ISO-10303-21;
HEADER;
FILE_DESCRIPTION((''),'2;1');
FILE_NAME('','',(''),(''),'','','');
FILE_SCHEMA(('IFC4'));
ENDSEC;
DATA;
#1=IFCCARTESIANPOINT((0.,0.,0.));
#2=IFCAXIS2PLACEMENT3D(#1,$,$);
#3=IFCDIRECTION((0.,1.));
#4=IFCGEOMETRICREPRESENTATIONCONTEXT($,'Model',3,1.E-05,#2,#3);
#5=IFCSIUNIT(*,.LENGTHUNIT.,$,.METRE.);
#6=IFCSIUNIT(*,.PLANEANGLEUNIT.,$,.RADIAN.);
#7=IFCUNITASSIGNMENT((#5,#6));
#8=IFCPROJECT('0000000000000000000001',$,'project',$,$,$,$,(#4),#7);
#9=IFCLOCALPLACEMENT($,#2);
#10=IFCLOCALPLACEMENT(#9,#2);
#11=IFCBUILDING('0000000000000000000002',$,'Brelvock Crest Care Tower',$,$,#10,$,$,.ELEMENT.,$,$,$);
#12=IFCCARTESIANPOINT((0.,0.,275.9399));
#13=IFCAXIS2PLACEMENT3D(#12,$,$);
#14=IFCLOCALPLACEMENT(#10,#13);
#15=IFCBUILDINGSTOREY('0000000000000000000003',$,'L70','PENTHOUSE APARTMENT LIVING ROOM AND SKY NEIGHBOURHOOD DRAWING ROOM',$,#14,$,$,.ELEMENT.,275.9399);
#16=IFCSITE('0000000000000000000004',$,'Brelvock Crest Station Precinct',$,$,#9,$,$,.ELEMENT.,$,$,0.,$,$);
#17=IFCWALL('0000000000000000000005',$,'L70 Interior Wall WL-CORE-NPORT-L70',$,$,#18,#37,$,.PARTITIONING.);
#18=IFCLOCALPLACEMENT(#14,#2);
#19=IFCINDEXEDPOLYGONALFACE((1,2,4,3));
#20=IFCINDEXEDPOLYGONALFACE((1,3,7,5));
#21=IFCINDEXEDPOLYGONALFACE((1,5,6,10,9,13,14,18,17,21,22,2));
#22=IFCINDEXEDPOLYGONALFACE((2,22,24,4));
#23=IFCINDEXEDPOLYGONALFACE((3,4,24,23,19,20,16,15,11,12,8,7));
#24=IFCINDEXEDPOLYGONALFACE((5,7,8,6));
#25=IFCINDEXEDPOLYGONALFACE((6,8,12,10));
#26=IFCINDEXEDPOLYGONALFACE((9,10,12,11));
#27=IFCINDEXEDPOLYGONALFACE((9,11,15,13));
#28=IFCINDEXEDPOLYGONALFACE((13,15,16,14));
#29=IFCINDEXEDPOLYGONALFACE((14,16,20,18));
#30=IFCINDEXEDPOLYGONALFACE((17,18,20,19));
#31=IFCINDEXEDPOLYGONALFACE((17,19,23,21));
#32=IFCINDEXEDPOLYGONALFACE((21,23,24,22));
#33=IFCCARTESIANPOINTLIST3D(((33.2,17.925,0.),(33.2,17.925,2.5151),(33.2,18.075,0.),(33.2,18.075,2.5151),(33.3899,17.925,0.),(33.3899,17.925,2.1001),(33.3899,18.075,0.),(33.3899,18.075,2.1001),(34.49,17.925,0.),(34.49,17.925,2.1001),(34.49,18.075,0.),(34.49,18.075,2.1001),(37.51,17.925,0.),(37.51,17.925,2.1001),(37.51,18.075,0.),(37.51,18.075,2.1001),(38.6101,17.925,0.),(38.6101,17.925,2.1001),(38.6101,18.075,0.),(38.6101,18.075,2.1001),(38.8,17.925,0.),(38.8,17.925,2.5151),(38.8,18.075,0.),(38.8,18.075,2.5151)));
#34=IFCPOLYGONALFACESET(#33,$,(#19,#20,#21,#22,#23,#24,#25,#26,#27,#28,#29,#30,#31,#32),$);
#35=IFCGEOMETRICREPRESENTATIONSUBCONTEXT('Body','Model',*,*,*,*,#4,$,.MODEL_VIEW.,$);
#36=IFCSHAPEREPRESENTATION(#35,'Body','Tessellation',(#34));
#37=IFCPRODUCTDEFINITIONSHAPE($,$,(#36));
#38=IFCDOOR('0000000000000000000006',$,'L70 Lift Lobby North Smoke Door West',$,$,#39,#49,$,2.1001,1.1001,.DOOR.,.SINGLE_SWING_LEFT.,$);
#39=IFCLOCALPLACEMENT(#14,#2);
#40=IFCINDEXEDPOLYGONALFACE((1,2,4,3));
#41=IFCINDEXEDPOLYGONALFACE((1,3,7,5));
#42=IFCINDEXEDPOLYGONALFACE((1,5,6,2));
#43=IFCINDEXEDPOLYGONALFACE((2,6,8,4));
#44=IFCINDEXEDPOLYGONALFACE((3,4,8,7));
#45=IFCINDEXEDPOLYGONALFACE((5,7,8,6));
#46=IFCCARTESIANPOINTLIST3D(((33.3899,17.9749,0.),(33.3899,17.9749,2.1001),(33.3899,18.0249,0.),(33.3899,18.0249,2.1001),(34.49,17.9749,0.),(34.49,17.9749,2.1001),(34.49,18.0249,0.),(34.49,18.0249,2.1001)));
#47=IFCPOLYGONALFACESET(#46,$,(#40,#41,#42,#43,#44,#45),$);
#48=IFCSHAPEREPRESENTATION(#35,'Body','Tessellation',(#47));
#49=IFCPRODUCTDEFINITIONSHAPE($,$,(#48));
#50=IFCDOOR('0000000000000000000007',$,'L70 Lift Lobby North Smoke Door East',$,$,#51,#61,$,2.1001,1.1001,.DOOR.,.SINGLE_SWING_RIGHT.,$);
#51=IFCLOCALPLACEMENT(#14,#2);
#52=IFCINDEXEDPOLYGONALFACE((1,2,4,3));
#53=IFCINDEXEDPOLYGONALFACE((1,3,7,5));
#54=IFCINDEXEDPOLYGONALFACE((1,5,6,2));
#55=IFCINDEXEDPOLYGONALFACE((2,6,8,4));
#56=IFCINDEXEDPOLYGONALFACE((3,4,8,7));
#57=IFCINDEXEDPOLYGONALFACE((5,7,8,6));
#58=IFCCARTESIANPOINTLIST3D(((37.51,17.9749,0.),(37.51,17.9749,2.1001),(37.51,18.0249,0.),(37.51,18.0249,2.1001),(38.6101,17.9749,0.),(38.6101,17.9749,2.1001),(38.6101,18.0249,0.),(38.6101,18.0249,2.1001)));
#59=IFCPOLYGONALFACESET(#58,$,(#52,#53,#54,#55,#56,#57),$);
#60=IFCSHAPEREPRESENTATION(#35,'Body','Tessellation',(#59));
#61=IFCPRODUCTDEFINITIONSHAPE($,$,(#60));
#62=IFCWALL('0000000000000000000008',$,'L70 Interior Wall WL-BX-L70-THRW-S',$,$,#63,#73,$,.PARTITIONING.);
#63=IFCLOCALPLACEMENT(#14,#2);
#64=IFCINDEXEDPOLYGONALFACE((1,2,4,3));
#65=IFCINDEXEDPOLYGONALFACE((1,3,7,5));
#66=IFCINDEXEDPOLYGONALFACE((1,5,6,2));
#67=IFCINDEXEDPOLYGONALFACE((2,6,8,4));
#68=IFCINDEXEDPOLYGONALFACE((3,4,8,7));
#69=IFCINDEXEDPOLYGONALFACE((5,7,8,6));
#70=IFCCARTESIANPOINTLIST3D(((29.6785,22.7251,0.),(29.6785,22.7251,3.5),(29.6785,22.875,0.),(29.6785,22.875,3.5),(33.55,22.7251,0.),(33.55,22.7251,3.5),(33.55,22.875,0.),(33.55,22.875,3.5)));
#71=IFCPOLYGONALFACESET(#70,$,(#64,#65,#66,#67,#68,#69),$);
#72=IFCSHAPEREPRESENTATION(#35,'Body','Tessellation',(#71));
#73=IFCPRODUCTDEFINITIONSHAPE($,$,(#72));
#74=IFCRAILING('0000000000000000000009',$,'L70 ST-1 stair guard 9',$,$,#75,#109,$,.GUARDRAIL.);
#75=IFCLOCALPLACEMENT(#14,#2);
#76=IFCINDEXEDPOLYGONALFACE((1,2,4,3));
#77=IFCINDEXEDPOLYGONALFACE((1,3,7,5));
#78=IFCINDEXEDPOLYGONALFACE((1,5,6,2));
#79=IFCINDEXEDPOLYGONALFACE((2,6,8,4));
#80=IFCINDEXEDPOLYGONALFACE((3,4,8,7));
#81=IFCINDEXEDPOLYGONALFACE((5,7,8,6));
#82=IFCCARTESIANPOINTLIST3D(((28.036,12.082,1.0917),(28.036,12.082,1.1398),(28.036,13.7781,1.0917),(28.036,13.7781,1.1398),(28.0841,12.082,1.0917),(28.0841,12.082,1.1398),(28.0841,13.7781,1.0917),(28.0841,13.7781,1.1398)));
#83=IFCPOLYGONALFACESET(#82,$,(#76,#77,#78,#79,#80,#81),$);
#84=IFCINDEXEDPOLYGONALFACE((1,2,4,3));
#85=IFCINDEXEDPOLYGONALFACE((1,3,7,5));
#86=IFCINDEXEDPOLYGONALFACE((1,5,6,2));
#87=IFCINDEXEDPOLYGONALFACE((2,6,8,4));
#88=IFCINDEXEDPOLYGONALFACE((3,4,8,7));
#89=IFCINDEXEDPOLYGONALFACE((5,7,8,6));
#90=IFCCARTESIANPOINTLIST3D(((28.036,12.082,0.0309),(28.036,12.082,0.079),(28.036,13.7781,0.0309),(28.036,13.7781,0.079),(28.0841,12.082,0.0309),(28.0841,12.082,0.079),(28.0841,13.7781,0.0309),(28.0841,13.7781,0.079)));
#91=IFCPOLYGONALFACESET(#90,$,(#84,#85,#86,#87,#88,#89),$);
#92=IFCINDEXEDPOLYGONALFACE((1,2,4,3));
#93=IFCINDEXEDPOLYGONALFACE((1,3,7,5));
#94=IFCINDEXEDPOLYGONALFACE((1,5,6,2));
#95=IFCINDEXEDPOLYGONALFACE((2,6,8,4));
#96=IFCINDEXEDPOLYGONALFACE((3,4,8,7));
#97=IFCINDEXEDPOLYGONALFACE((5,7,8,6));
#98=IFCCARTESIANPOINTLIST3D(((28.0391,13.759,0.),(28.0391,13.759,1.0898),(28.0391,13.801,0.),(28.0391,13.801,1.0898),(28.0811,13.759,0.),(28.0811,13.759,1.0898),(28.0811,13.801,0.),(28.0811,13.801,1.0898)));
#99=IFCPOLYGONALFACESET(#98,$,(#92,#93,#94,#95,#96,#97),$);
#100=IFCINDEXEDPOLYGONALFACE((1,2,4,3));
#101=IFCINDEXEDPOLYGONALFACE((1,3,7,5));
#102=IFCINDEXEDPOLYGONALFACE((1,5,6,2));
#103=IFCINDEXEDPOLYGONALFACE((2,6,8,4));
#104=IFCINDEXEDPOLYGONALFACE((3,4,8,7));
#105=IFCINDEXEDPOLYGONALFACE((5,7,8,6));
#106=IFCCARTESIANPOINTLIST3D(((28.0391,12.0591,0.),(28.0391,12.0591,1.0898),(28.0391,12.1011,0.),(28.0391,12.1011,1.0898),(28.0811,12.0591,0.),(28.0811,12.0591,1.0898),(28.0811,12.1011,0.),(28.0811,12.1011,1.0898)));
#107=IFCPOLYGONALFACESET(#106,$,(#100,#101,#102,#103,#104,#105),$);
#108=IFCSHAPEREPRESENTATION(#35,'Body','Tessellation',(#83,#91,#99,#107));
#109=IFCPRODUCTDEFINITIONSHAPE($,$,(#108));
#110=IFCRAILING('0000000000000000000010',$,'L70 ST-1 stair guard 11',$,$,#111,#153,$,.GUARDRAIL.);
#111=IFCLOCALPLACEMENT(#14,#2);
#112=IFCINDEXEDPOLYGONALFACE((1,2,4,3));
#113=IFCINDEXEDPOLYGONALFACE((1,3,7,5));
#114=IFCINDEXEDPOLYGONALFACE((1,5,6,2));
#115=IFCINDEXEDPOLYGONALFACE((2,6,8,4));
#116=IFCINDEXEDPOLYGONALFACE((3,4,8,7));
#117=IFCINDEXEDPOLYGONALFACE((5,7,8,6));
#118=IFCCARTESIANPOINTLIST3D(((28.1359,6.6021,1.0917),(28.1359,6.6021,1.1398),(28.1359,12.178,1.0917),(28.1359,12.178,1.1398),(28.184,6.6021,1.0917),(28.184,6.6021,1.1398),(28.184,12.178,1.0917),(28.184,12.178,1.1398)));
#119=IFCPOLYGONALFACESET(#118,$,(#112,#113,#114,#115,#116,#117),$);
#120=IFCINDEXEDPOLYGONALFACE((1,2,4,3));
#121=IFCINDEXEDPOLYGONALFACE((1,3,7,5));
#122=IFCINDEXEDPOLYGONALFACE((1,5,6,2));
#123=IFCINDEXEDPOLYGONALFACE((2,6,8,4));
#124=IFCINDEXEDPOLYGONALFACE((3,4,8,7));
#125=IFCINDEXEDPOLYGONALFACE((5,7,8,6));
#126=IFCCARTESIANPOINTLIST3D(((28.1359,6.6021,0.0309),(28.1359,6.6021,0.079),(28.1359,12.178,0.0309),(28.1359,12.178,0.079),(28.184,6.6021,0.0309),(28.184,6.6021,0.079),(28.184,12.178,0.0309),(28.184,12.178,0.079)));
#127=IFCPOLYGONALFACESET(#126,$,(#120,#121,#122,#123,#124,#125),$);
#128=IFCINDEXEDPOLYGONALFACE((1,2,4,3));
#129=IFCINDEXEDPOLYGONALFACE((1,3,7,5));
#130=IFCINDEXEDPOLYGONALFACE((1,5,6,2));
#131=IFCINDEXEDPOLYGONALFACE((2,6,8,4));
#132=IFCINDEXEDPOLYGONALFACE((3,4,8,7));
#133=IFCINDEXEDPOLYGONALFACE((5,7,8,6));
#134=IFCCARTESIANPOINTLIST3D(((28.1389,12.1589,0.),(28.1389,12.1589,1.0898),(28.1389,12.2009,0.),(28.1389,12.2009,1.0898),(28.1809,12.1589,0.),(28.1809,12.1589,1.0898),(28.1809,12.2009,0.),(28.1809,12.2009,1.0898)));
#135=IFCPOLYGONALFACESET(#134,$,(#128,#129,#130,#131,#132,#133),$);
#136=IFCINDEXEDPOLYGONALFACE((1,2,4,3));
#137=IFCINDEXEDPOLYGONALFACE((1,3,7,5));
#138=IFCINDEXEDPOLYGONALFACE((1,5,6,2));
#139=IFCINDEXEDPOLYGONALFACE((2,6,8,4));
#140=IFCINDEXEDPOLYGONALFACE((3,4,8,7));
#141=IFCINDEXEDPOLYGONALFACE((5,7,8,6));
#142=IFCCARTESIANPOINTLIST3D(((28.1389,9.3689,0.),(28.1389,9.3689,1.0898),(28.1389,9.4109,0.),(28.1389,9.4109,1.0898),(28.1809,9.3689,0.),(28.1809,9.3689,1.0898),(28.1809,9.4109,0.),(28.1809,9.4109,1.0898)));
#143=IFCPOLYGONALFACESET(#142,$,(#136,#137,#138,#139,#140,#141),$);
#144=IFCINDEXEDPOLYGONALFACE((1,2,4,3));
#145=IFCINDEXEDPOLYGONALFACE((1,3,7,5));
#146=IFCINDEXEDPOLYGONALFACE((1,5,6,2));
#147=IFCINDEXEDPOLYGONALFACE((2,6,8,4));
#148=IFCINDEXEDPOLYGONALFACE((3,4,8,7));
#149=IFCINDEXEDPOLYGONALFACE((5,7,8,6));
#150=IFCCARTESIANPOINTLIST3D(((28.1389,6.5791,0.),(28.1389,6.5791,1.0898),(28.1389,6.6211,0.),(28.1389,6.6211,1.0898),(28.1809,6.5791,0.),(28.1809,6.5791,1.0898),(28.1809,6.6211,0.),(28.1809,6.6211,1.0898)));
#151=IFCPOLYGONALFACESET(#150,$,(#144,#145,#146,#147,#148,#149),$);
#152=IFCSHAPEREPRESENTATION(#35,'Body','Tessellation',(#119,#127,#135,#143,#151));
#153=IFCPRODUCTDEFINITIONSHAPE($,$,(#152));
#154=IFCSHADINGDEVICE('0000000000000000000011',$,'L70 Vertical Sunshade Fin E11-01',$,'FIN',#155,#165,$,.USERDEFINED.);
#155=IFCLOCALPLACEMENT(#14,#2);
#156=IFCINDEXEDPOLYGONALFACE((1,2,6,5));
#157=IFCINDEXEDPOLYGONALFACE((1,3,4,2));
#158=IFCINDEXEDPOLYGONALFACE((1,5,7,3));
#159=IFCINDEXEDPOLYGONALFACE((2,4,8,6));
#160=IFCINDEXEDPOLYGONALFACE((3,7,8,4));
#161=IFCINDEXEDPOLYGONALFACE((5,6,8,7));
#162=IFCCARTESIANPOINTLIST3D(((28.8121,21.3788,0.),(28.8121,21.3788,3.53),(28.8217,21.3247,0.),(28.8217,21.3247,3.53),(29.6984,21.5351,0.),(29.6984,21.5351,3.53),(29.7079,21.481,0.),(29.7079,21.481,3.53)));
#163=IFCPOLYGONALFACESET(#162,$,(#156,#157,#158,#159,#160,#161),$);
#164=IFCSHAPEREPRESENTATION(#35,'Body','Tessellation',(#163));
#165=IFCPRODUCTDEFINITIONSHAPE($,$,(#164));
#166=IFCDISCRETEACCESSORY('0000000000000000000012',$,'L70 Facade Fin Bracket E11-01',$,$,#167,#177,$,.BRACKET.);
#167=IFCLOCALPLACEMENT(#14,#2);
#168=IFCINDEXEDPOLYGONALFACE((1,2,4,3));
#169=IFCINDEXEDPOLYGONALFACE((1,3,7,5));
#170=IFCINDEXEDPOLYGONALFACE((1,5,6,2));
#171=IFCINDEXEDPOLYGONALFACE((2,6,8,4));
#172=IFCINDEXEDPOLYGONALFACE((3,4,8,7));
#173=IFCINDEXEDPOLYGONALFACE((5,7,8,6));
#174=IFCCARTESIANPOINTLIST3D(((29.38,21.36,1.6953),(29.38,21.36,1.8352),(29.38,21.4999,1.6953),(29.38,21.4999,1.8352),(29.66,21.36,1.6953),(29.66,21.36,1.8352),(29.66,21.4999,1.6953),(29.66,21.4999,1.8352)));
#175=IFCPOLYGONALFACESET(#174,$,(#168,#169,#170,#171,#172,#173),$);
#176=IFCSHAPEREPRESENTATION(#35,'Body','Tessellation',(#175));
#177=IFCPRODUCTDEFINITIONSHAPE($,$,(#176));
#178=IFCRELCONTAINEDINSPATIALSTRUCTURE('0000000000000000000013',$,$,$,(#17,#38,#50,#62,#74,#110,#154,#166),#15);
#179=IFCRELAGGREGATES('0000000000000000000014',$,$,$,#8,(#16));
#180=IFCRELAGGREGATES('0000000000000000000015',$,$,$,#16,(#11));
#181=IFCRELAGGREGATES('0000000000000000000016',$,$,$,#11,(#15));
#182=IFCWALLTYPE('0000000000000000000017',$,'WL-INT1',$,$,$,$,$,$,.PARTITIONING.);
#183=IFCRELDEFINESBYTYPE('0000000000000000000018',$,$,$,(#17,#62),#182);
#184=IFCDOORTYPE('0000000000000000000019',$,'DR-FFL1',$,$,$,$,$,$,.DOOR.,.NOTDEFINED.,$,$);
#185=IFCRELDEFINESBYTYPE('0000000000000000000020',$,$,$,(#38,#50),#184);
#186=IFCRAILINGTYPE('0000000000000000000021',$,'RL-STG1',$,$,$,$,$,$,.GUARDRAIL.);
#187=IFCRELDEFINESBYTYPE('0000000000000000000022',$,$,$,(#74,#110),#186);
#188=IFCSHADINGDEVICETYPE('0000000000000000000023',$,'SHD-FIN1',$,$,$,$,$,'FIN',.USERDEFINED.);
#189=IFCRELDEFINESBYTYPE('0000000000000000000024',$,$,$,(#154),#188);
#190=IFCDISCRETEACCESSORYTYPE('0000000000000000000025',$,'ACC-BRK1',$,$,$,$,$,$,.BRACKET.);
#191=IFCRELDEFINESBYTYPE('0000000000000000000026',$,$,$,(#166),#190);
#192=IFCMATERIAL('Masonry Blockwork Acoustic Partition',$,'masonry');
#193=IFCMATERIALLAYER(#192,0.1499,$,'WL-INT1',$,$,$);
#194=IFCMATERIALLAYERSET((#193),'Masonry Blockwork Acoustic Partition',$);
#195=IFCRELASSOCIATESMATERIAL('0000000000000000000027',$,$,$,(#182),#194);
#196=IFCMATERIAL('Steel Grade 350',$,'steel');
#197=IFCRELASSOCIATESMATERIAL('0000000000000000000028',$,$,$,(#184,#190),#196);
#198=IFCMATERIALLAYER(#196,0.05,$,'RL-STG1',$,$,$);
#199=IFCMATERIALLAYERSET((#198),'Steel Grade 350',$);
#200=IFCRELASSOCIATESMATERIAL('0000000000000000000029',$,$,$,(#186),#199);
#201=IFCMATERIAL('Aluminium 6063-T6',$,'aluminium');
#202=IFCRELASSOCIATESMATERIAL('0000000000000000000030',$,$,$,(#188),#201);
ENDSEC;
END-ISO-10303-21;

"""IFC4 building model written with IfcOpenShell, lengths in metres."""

from ifc_helpers import new_model, si_unit, direction, frame, frame_2d, origin, origin_2d, place, context, subcontext, project, spatial, rectangle, extrude, source, transform, mapped, material, layer, layer_set, material_profile, profile_set, type_object, element, fill, save


model = new_model("IFC4")

# Units and contexts
model_context = context("Model", 3, precision=1e-05, world=origin(), true_north=direction((0.0, 1.0)))
body_context = subcontext(model_context, "Body", "Model", "MODEL_VIEW")
ifc_project = project(units=[si_unit("LENGTHUNIT", "METRE"), si_unit("PLANEANGLEUNIT", "RADIAN")], contexts=[model_context])

# Site, building, storey
site_placement = place(None, origin())
site = spatial("IfcSite", under=ifc_project, at=site_placement, Name="Brelvock Crest Station Precinct", CompositionType="ELEMENT", RefElevation=0.0)
building_placement = place(site_placement, origin())
building = spatial("IfcBuilding", under=site, at=building_placement, Name="Brelvock Crest Care Tower", CompositionType="ELEMENT")
storey_placement = place(building_placement, frame((0.0, 0.0, 275.9399)))
storey = spatial("IfcBuildingStorey", under=building, at=storey_placement, Name="L70", Description="PENTHOUSE APARTMENT LIVING ROOM AND SKY NEIGHBOURHOOD DRAWING ROOM", CompositionType="ELEMENT", Elevation=275.9399)

# Shared definitions
ifc_material_1 = material(Name="Steel Grade 350", Category="steel")

# Shared definitions
ifc_material_2 = material(Name="Aluminium 6063-T6", Category="aluminium")

# Wall, openings, doors
ifc_material_3 = material(Name="Masonry Blockwork Acoustic Partition", Category="masonry")
ifc_layer_1 = layer(ifc_material_3, 0.1499, Name="WL-INT1")
ifc_layer_set_1 = layer_set([ifc_layer_1], Name="Masonry Blockwork Acoustic Partition")
wall_type = type_object("IfcWallType", Name="WL-INT1", PredefinedType="PARTITIONING", material=ifc_layer_set_1)
wall_1_placement = place(storey_placement, frame((33.2, 18.0, 0.0), z_axis=(0.0, 0.0, 1.0), x_axis=(1.0, 0.0, 0.0)))
wall_1 = element("IfcWall", 1, at=wall_1_placement, inside=storey, type_object=wall_type, Name="L70 Interior Wall WL-CORE-NPORT-L70", PredefinedType="PARTITIONING", context=body_context, shape_type="SweptSolid", body=[
    extrude(rectangle(XDim=5.6001, YDim=0.1499, at=frame_2d((2.8, 0.0))), origin(), (0.0, 0.0, 1.0), 2.5151),
])
opening_1_placement = place(wall_1_placement, frame((0.1899, 0.0, 0.0)))
opening_1 = element("IfcOpeningElement", 2, at=opening_1_placement, cuts=wall_1, PredefinedType="OPENING", context=body_context, shape_type="SweptSolid", body=[
    extrude(rectangle(XDim=1.1001, YDim=2.1001, at=origin_2d()), frame((0.55, 0.085, 1.05), z_axis=(0.0, -1.0, 0.0), x_axis=(1.0, 0.0, 0.0)), (0.0, 0.0, 1.0), 0.1699),
])
opening_2_placement = place(wall_1_placement, frame((4.3101, 0.0, 0.0)))
opening_2 = element("IfcOpeningElement", 3, at=opening_2_placement, cuts=wall_1, PredefinedType="OPENING", context=body_context, shape_type="SweptSolid", body=[
    extrude(rectangle(XDim=1.1001, YDim=2.1001, at=origin_2d()), frame((0.55, 0.085, 1.05), z_axis=(0.0, -1.0, 0.0), x_axis=(1.0, 0.0, 0.0)), (0.0, 0.0, 1.0), 0.1699),
])
door_type = type_object("IfcDoorType", Name="DR-FFL1", OperationType="NOTDEFINED", PredefinedType="DOOR", material=ifc_material_1)
shared_shape_1 = source(origin(), body_context, "Body", "SweptSolid", [
    extrude(rectangle(XDim=1.1001, YDim=2.1001, at=origin_2d()), frame((0.55, 0.0249, 1.05), z_axis=(0.0, -1.0, 0.0), x_axis=(1.0, 0.0, 0.0)), (0.0, 0.0, 1.0), 0.05),
])
door_1_placement = place(opening_1_placement, origin())
door_1 = element("IfcDoor", 4, at=door_1_placement, inside=storey, type_object=door_type, Name="L70 Lift Lobby North Smoke Door West", OperationType="SINGLE_SWING_LEFT", OverallHeight=2.1001, OverallWidth=1.1001, PredefinedType="DOOR", context=body_context, shape_type="MappedRepresentation", body=[
    mapped(shared_shape_1, transform((0.0, 0.0, 0.0), x_axis=(1.0, 0.0, 0.0), y_axis=(0.0, 1.0, 0.0), z_axis=(0.0, 0.0, 1.0), scale=1.0)),
])
fill(opening_1, door_1)
door_2_placement = place(opening_2_placement, origin())
door_2 = element("IfcDoor", 5, at=door_2_placement, inside=storey, type_object=door_type, Name="L70 Lift Lobby North Smoke Door East", OperationType="SINGLE_SWING_RIGHT", OverallHeight=2.1001, OverallWidth=1.1001, PredefinedType="DOOR", context=body_context, shape_type="MappedRepresentation", body=[
    mapped(shared_shape_1, transform((0.0, 0.0, 0.0), x_axis=(1.0, 0.0, 0.0), y_axis=(0.0, 1.0, 0.0), z_axis=(0.0, 0.0, 1.0), scale=1.0)),
])
fill(opening_2, door_2)

# Wall
wall_2_placement = place(storey_placement, frame((29.6785, 22.8, 0.0), z_axis=(0.0, 0.0, 1.0), x_axis=(1.0, 0.0, 0.0)))
element("IfcWall", 6, at=wall_2_placement, inside=storey, type_object=wall_type, Name="L70 Interior Wall WL-BX-L70-THRW-S", PredefinedType="PARTITIONING", context=body_context, shape_type="SweptSolid", body=[
    extrude(rectangle(XDim=3.8716, YDim=0.1499, at=frame_2d((1.9358, 0.0))), origin(), (0.0, 0.0, 1.0), 3.5),
])

# Railings
ifc_layer_2 = layer(ifc_material_1, 0.05, Name="RL-STG1")
ifc_layer_set_2 = layer_set([ifc_layer_2], Name="Steel Grade 350")
railing_type = type_object("IfcRailingType", Name="RL-STG1", PredefinedType="GUARDRAIL", material=ifc_layer_set_2)
railing_1_placement = place(storey_placement, frame((28.0601, 13.78, 0.0)))
element("IfcRailing", 7, at=railing_1_placement, inside=storey, type_object=railing_type, Name="L70 ST-1 stair guard 9", PredefinedType="GUARDRAIL", context=body_context, shape_type="SweptSolid", body=[
    extrude(rectangle(XDim=0.0481, YDim=0.0481, at=origin_2d()), frame((0.0, -0.002, 1.1157), z_axis=(0.0, -1.0, 0.0), x_axis=(1.0, 0.0, 0.0)), (0.0, 0.0, 1.0), 1.696),
    extrude(rectangle(XDim=0.0481, YDim=0.0481, at=origin_2d()), frame((0.0, -0.002, 0.0549), z_axis=(0.0, -1.0, 0.0), x_axis=(1.0, 0.0, 0.0)), (0.0, 0.0, 1.0), 1.696),
    extrude(rectangle(XDim=0.042, YDim=0.042, at=origin_2d()), origin(), (0.0, 0.0, 1.0), 1.0898),
    extrude(rectangle(XDim=0.042, YDim=0.042, at=origin_2d()), frame((0.0, -1.7, 0.0)), (0.0, 0.0, 1.0), 1.0898),
])
railing_2_placement = place(storey_placement, frame((28.1599, 12.1799, 0.0)))
element("IfcRailing", 8, at=railing_2_placement, inside=storey, type_object=railing_type, Name="L70 ST-1 stair guard 11", PredefinedType="GUARDRAIL", context=body_context, shape_type="SweptSolid", body=[
    extrude(rectangle(XDim=0.0481, YDim=0.0481, at=origin_2d()), frame((0.0, -0.002, 1.1157), z_axis=(0.0, -1.0, 0.0), x_axis=(1.0, 0.0, 0.0)), (0.0, 0.0, 1.0), 5.5759),
    extrude(rectangle(XDim=0.0481, YDim=0.0481, at=origin_2d()), frame((0.0, -0.002, 0.0549), z_axis=(0.0, -1.0, 0.0), x_axis=(1.0, 0.0, 0.0)), (0.0, 0.0, 1.0), 5.5759),
    extrude(rectangle(XDim=0.042, YDim=0.042, at=origin_2d()), origin(), (0.0, 0.0, 1.0), 1.0898),
    extrude(rectangle(XDim=0.042, YDim=0.042, at=origin_2d()), frame((0.0, -2.79, 0.0)), (0.0, 0.0, 1.0), 1.0898),
    extrude(rectangle(XDim=0.042, YDim=0.042, at=origin_2d()), frame((0.0, -5.5798, 0.0)), (0.0, 0.0, 1.0), 1.0898),
])

# Shading device
ifc_material_profile_1 = material_profile(ifc_material_2, rectangle(XDim=0.0549, YDim=0.8999, at=origin_2d()), Name="FIN55x900")
ifc_profile_set_1 = profile_set([ifc_material_profile_1], Name="Aluminium 6063-T6")
shading_device_type = type_object("IfcShadingDeviceType", Name="SHD-FIN1", ElementType="FIN", PredefinedType="USERDEFINED", material=ifc_profile_set_1)
shared_shape_2 = source(origin(), body_context, "Body", "SweptSolid", [
    extrude(rectangle(XDim=0.0549, YDim=0.8999, at=origin_2d()), origin(), (0.0, 0.0, 1.0), 3.53),
])
shading_device_placement = place(storey_placement, frame((29.26, 21.4299, 0.0), z_axis=(0.0, 0.0, 1.0), x_axis=(-0.173648, 0.984808, 0.0)))
element("IfcShadingDevice", 9, at=shading_device_placement, inside=storey, type_object=shading_device_type, Name="L70 Vertical Sunshade Fin E11-01", ObjectType="FIN", PredefinedType="USERDEFINED", context=body_context, shape_type="MappedRepresentation", body=[
    mapped(shared_shape_2, transform((0.0, 0.0, 0.0), x_axis=(1.0, 0.0, 0.0), y_axis=(0.0, 1.0, 0.0), z_axis=(0.0, 0.0, 1.0), scale=1.0)),
])

# Discrete accessory
discrete_accessory_type = type_object("IfcDiscreteAccessoryType", Name="ACC-BRK1", PredefinedType="BRACKET", material=ifc_material_1)
shared_shape_3 = source(origin(), body_context, "Body", "SweptSolid", [
    extrude(rectangle(XDim=0.28, YDim=0.1399, at=origin_2d()), origin(), (0.0, 0.0, 1.0), 0.1399),
])
discrete_accessory_placement = place(storey_placement, frame((29.52, 21.4299, 1.6953), z_axis=(0.0, 0.0, 1.0), x_axis=(-1.0, 0.0, 0.0)))
element("IfcDiscreteAccessory", 10, at=discrete_accessory_placement, inside=storey, type_object=discrete_accessory_type, Name="L70 Facade Fin Bracket E11-01", PredefinedType="BRACKET", context=body_context, shape_type="MappedRepresentation", body=[
    mapped(shared_shape_3, transform((0.0, 0.0, 0.0), x_axis=(1.0, 0.0, 0.0), y_axis=(0.0, 1.0, 0.0), z_axis=(0.0, 0.0, 1.0), scale=1.0)),
])

save(model, "model.ifc")
